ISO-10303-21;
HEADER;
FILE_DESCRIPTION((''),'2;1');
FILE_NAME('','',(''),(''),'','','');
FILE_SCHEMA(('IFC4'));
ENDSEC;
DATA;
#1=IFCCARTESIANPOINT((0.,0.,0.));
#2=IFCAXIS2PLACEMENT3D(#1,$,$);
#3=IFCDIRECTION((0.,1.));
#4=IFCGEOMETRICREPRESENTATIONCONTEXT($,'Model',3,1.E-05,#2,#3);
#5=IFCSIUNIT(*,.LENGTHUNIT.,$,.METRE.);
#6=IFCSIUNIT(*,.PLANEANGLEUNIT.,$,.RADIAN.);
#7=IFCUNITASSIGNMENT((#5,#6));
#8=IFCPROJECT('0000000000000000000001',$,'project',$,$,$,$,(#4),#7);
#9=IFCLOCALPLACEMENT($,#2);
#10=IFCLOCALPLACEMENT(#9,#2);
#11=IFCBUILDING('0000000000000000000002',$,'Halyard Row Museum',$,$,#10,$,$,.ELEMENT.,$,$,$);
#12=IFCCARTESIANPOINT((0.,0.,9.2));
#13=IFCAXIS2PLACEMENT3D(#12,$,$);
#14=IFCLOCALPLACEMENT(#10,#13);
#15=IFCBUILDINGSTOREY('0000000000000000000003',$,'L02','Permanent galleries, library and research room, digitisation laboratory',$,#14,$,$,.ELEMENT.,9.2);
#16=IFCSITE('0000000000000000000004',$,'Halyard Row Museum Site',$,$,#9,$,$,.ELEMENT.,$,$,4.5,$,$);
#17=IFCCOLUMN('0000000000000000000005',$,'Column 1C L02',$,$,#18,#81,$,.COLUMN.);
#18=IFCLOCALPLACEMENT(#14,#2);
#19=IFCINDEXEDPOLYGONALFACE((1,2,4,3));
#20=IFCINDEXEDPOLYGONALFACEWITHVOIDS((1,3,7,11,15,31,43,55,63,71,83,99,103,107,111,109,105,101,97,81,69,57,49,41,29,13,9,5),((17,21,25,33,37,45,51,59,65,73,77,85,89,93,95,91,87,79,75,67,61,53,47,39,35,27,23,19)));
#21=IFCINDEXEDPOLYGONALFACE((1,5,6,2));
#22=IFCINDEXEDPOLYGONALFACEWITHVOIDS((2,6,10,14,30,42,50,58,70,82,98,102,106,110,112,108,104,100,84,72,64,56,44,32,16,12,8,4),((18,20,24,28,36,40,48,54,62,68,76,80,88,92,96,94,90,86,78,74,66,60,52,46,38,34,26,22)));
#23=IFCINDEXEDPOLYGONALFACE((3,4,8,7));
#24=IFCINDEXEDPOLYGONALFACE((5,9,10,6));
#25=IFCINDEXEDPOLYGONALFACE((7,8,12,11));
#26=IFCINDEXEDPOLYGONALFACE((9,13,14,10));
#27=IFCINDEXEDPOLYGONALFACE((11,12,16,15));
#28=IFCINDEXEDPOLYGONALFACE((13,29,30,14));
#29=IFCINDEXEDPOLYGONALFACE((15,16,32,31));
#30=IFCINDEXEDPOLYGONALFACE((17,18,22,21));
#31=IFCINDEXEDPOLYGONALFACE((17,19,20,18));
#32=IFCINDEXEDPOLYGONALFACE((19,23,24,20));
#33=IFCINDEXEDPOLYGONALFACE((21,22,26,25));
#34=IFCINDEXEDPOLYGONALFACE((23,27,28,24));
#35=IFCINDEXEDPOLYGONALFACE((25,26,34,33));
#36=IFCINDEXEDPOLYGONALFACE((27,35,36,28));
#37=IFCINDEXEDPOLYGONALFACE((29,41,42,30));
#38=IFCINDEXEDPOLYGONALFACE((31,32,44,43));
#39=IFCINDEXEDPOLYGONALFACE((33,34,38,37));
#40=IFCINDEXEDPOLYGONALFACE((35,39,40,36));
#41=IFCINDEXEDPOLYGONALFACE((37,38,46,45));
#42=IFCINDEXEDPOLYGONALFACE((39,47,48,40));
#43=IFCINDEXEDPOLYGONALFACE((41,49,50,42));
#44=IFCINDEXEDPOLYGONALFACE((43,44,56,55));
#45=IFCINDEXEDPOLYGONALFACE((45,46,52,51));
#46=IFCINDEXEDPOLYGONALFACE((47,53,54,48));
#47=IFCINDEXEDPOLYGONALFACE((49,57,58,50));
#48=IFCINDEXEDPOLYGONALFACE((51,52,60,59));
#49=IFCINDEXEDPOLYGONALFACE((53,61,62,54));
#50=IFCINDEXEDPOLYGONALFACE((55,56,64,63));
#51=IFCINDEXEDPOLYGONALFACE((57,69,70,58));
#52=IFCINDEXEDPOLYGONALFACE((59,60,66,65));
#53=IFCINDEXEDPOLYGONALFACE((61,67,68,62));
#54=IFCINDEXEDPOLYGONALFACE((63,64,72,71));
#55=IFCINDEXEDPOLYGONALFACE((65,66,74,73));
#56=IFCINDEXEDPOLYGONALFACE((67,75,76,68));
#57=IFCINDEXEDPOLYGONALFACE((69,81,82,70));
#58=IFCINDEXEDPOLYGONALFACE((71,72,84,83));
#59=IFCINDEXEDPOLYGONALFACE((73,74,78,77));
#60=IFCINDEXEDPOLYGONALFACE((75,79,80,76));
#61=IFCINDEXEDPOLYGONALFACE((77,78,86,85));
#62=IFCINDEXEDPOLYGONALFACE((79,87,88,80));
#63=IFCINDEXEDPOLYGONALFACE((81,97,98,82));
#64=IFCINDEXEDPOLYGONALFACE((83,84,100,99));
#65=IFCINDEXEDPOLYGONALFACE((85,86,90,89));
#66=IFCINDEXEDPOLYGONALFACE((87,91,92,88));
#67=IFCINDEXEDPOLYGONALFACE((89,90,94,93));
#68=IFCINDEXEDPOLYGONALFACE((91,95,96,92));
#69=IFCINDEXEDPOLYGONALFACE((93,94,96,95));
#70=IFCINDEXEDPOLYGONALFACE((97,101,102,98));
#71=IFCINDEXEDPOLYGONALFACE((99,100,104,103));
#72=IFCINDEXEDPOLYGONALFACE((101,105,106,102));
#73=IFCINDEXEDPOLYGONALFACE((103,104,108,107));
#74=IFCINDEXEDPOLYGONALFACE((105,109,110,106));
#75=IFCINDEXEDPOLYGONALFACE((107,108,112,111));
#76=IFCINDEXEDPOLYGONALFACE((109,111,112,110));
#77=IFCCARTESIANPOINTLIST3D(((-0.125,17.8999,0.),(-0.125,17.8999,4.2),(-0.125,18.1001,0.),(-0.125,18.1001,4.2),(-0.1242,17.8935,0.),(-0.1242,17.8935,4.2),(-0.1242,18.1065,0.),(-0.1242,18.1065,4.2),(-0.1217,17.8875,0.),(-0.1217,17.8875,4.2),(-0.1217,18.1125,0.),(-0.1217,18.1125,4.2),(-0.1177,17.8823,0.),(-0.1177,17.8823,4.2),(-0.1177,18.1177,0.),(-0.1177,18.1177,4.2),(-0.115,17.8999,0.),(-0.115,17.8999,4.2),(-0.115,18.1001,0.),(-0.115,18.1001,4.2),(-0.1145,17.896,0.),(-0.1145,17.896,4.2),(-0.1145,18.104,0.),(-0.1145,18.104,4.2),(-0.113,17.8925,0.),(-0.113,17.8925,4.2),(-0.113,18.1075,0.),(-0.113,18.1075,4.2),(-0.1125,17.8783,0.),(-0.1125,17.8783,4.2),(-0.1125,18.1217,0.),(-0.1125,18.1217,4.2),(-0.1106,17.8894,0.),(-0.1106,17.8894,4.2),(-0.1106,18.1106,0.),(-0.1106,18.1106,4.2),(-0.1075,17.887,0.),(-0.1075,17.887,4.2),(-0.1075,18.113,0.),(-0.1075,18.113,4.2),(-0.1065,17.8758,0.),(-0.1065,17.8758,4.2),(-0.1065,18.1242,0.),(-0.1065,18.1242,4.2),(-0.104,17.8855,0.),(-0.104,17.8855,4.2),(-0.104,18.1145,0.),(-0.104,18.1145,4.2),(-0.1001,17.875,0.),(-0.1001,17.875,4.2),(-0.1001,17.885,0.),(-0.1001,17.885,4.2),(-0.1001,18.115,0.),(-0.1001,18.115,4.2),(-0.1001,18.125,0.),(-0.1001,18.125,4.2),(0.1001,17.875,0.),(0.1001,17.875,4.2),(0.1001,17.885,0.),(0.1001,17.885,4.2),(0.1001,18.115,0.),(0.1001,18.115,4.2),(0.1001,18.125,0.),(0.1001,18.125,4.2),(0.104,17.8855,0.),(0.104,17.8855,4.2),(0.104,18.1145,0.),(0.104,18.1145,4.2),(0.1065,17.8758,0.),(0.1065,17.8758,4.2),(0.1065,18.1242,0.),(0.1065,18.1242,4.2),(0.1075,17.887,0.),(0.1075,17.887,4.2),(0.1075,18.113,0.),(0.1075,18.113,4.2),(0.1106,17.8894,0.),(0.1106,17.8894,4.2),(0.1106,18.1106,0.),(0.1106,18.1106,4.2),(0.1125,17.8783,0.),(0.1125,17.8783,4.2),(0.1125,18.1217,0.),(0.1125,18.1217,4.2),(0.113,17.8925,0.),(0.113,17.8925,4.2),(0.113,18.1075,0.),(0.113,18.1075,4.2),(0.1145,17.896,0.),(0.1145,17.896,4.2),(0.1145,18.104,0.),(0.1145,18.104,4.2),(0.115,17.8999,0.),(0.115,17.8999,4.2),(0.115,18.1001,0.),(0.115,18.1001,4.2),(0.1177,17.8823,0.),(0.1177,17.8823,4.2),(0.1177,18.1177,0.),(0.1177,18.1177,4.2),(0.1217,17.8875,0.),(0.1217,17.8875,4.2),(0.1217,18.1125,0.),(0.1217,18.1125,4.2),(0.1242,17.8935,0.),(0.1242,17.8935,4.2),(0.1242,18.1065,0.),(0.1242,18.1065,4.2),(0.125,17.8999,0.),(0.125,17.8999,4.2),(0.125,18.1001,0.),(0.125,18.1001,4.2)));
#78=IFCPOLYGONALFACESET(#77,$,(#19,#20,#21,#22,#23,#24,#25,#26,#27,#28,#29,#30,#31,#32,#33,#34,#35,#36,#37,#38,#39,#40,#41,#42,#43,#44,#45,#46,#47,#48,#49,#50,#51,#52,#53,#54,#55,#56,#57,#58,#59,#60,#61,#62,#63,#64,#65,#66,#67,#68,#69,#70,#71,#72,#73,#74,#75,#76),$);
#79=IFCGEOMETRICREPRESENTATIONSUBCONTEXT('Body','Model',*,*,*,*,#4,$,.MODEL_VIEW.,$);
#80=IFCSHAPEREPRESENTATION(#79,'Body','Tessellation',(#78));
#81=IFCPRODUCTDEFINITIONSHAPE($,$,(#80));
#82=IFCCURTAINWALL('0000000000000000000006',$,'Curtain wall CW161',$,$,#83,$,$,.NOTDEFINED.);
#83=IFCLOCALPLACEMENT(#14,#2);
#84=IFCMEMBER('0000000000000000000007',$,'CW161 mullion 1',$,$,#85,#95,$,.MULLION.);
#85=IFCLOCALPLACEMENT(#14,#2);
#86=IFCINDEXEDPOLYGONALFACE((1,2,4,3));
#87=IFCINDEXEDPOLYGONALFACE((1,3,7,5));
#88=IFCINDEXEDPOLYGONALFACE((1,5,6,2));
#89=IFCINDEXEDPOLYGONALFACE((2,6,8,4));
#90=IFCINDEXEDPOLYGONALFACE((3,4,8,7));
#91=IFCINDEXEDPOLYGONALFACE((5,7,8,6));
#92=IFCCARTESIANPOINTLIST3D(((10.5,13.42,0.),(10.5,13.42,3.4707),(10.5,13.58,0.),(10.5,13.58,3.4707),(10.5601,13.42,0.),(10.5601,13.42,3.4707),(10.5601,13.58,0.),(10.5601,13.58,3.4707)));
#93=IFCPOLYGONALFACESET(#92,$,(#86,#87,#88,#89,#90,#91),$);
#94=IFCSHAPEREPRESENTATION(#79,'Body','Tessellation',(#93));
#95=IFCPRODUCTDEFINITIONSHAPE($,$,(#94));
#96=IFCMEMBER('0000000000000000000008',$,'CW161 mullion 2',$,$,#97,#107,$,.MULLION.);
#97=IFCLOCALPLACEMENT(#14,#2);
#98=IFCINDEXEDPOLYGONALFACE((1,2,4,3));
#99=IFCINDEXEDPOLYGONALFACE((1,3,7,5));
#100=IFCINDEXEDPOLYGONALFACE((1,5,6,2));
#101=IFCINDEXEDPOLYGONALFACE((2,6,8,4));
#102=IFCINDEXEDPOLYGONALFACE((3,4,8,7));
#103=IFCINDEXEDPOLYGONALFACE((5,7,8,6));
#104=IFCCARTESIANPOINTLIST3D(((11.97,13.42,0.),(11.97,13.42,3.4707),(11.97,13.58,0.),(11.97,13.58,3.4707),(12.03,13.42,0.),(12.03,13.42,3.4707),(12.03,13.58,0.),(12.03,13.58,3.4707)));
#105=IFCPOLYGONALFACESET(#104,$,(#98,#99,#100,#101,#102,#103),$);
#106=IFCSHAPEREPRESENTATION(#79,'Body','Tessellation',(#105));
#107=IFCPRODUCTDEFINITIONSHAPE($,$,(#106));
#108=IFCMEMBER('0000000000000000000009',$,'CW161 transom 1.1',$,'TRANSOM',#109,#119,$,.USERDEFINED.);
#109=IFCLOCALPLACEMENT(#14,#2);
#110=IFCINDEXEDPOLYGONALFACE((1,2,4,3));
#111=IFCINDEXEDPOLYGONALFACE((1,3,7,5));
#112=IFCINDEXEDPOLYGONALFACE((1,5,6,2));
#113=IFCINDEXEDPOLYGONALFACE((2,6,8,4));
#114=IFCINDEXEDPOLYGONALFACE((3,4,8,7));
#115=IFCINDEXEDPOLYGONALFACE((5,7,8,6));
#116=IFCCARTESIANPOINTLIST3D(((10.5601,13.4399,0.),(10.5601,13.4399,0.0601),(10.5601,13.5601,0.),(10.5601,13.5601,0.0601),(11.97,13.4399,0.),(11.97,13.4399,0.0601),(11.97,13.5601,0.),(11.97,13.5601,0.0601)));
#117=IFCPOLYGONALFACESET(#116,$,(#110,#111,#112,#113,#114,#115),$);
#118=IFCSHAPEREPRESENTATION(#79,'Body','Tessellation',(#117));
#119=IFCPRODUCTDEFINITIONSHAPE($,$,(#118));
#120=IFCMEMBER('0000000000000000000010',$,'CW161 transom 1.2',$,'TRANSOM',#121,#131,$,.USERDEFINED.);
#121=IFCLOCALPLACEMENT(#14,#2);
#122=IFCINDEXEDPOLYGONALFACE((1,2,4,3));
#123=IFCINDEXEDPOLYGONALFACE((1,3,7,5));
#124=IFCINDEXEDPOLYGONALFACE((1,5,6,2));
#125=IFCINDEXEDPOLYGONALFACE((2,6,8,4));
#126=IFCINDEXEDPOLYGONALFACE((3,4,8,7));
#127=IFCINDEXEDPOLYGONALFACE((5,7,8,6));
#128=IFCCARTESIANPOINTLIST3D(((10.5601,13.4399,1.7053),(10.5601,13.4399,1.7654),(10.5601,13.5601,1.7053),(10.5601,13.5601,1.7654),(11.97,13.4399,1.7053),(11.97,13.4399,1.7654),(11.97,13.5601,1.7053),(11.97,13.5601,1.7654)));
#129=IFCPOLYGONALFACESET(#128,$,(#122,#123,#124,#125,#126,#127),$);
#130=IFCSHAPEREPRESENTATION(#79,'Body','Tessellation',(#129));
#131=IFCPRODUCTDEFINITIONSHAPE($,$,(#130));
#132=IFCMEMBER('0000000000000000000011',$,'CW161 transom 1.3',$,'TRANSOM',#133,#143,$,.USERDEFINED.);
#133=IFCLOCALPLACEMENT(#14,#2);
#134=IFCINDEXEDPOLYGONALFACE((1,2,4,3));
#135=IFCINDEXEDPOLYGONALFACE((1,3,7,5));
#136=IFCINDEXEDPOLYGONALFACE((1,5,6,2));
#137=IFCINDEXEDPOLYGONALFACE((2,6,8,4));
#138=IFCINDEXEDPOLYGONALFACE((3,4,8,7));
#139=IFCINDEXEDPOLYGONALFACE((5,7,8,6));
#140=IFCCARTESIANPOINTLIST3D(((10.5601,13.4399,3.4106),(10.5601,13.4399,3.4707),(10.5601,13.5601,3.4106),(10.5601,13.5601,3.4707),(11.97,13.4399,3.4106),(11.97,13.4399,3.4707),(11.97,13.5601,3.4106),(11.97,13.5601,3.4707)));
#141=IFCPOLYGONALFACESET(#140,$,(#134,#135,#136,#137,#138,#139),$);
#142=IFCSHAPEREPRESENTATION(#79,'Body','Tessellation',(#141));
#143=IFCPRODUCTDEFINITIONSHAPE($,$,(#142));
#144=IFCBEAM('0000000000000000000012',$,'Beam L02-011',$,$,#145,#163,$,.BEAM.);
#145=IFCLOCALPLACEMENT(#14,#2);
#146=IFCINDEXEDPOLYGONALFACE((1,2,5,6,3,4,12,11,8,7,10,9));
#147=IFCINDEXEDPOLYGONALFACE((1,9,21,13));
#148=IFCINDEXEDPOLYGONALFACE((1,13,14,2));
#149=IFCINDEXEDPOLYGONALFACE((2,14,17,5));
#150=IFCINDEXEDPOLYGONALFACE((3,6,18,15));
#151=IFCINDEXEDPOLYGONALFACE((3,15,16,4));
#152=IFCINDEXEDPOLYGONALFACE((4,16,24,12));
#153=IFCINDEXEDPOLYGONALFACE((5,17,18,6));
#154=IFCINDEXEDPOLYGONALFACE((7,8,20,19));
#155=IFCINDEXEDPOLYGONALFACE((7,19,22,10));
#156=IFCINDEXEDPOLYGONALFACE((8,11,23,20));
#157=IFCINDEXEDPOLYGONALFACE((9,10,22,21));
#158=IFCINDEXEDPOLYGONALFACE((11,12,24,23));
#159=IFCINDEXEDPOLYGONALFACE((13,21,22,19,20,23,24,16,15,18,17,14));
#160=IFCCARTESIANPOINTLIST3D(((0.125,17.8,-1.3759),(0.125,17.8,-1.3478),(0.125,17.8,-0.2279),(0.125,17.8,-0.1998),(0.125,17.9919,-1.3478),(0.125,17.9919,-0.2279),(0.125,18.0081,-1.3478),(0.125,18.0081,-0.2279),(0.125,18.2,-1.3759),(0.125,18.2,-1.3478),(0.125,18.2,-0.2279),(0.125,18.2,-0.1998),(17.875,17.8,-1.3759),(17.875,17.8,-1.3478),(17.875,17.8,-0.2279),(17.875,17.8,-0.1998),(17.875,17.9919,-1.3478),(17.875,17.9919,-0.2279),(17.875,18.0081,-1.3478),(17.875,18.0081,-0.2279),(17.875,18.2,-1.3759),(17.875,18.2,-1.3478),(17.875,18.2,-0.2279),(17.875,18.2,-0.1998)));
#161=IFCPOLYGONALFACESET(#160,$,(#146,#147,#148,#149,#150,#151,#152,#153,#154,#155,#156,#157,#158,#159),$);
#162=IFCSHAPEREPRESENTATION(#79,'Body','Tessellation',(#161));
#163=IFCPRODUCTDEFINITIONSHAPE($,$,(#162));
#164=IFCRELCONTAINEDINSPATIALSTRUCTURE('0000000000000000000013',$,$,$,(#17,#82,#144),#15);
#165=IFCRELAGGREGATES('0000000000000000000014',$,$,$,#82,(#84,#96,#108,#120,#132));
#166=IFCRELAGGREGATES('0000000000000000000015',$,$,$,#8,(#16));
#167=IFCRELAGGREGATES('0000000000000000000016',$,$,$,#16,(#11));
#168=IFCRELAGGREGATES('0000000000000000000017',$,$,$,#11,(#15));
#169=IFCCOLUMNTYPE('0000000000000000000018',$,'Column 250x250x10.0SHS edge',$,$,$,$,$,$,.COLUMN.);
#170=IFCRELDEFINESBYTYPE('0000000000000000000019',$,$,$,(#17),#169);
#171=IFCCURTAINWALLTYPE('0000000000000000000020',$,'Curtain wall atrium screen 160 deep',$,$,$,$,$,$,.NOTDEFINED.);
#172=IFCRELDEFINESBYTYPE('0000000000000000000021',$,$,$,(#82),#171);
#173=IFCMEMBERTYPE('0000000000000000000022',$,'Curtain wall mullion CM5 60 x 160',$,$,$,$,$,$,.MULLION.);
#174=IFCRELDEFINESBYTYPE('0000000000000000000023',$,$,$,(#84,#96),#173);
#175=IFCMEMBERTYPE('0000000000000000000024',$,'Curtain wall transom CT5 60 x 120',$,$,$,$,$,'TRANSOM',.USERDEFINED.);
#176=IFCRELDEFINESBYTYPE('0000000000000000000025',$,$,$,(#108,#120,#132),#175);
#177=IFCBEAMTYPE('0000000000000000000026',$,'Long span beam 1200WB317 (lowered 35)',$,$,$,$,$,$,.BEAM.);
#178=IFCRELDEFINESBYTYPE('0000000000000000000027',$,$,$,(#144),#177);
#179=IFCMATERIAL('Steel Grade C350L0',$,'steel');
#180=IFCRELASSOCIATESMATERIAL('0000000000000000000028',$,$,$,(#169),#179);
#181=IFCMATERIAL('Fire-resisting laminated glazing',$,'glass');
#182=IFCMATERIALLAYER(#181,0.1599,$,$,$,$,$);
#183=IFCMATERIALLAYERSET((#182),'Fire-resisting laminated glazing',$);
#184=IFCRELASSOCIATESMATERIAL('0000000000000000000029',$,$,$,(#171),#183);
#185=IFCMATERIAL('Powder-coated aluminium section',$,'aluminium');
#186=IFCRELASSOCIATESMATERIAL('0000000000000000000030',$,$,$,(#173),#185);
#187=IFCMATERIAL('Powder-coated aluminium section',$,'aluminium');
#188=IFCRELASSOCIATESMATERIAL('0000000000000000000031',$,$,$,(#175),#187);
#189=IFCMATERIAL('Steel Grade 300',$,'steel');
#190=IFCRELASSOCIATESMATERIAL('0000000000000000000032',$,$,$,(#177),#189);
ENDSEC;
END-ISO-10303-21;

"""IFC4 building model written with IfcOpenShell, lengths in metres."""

from ifc_helpers import new_model, si_unit, direction, frame, origin, origin_2d, place, context, subcontext, project, spatial, rectangle, hollow_rectangle, i_section, extrude, material, layer, layer_set, material_profile, profile_set, type_object, element, aggregate, save


model = new_model("IFC4")

# Units and contexts
model_context = context("Model", 3, precision=1e-05, world=origin(), true_north=direction((0.0, 1.0)))
body_context = subcontext(model_context, "Body", "Model", "MODEL_VIEW")
ifc_project = project(units=[si_unit("LENGTHUNIT", "METRE"), si_unit("PLANEANGLEUNIT", "RADIAN")], contexts=[model_context])

# Site, building, storey
site_placement = place(None, origin())
site = spatial("IfcSite", under=ifc_project, at=site_placement, Name="Halyard Row Museum Site", CompositionType="ELEMENT", RefElevation=4.5)
building_placement = place(site_placement, origin())
building = spatial("IfcBuilding", under=site, at=building_placement, Name="Halyard Row Museum", CompositionType="ELEMENT")
storey_placement = place(building_placement, frame((0.0, 0.0, 9.2)))
storey = spatial("IfcBuildingStorey", under=building, at=storey_placement, Name="L02", Description="Permanent galleries, library and research room, digitisation laboratory", CompositionType="ELEMENT", Elevation=9.2)

# Column
ifc_material_1 = material(Name="Steel Grade C350L0", Category="steel")
ifc_material_profile_1 = material_profile(ifc_material_1, hollow_rectangle(XDim=0.25, YDim=0.25, WallThickness=0.01, InnerFilletRadius=0.0149, OuterFilletRadius=0.0249, at=origin_2d()), Name="250x250x10.0SHS")
ifc_profile_set_1 = profile_set([ifc_material_profile_1], Name="Steel Grade C350L0")
column_type = type_object("IfcColumnType", Name="Column 250x250x10.0SHS edge", PredefinedType="COLUMN", material=ifc_profile_set_1)
column_placement = place(storey_placement, frame((0.0, 18.0, 0.0), z_axis=(0.0, 0.0, 1.0), x_axis=(1.0, 0.0, 0.0)))
element("IfcColumn", 1, at=column_placement, inside=storey, type_object=column_type, Name="Column 1C L02", PredefinedType="COLUMN", context=body_context, shape_type="SweptSolid", body=[
    extrude(hollow_rectangle(XDim=0.25, YDim=0.25, WallThickness=0.01, InnerFilletRadius=0.0149, OuterFilletRadius=0.0249, at=origin_2d()), origin(), (0.0, 0.0, 1.0), 4.2),
])

# Curtain wall, members
ifc_material_2 = material(Name="Fire-resisting laminated glazing", Category="glass")
ifc_layer_1 = layer(ifc_material_2, 0.1599)
ifc_layer_set_1 = layer_set([ifc_layer_1], Name="Fire-resisting laminated glazing")
curtain_wall_type = type_object("IfcCurtainWallType", Name="Curtain wall atrium screen 160 deep", PredefinedType="NOTDEFINED", material=ifc_layer_set_1)
curtain_wall_placement = place(storey_placement, origin())
curtain_wall = element("IfcCurtainWall", 2, at=curtain_wall_placement, inside=storey, type_object=curtain_wall_type, Name="Curtain wall CW161", PredefinedType="NOTDEFINED")
ifc_material_3 = material(Name="Powder-coated aluminium section", Category="aluminium")
ifc_material_profile_2 = material_profile(ifc_material_3, rectangle(XDim=0.1599, YDim=0.0601, at=origin_2d()), Name="160x60 mullion")
ifc_profile_set_2 = profile_set([ifc_material_profile_2], Name="Powder-coated aluminium section")
member_type_1 = type_object("IfcMemberType", Name="Curtain wall mullion CM5 60 x 160", PredefinedType="MULLION", material=ifc_profile_set_2)
member_1_placement = place(storey_placement, frame((10.53, 13.5, 0.0), z_axis=(0.0, 0.0, 1.0), x_axis=(0.0, 1.0, 0.0)))
member_1 = element("IfcMember", 3, at=member_1_placement, type_object=member_type_1, Name="CW161 mullion 1", PredefinedType="MULLION", context=body_context, shape_type="SweptSolid", body=[
    extrude(rectangle(XDim=0.1599, YDim=0.0601, at=origin_2d()), origin(), (0.0, 0.0, 1.0), 3.4707),
])
member_2_placement = place(storey_placement, frame((12.0, 13.5, 0.0), z_axis=(0.0, 0.0, 1.0), x_axis=(0.0, 1.0, 0.0)))
member_2 = element("IfcMember", 4, at=member_2_placement, type_object=member_type_1, Name="CW161 mullion 2", PredefinedType="MULLION", context=body_context, shape_type="SweptSolid", body=[
    extrude(rectangle(XDim=0.1599, YDim=0.0601, at=origin_2d()), origin(), (0.0, 0.0, 1.0), 3.4707),
])
ifc_material_4 = material(Name="Powder-coated aluminium section", Category="aluminium")
ifc_material_profile_3 = material_profile(ifc_material_4, rectangle(XDim=0.1201, YDim=0.0601, at=origin_2d()), Name="120x60 transom")
ifc_profile_set_3 = profile_set([ifc_material_profile_3], Name="Powder-coated aluminium section")
member_type_2 = type_object("IfcMemberType", Name="Curtain wall transom CT5 60 x 120", ElementType="TRANSOM", PredefinedType="USERDEFINED", material=ifc_profile_set_3)
member_3_placement = place(storey_placement, frame((10.5601, 13.5, 0.03), z_axis=(1.0, 0.0, 0.0), x_axis=(0.0, 1.0, 0.0)))
member_3 = element("IfcMember", 5, at=member_3_placement, type_object=member_type_2, Name="CW161 transom 1.1", ObjectType="TRANSOM", PredefinedType="USERDEFINED", context=body_context, shape_type="SweptSolid", body=[
    extrude(rectangle(XDim=0.1201, YDim=0.0601, at=origin_2d()), origin(), (0.0, 0.0, 1.0), 1.4099),
])
member_4_placement = place(storey_placement, frame((10.5601, 13.5, 1.7354), z_axis=(1.0, 0.0, 0.0), x_axis=(0.0, 1.0, 0.0)))
member_4 = element("IfcMember", 6, at=member_4_placement, type_object=member_type_2, Name="CW161 transom 1.2", ObjectType="TRANSOM", PredefinedType="USERDEFINED", context=body_context, shape_type="SweptSolid", body=[
    extrude(rectangle(XDim=0.1201, YDim=0.0601, at=origin_2d()), origin(), (0.0, 0.0, 1.0), 1.4099),
])
member_5_placement = place(storey_placement, frame((10.5601, 13.5, 3.4407), z_axis=(1.0, 0.0, 0.0), x_axis=(0.0, 1.0, 0.0)))
member_5 = element("IfcMember", 7, at=member_5_placement, type_object=member_type_2, Name="CW161 transom 1.3", ObjectType="TRANSOM", PredefinedType="USERDEFINED", context=body_context, shape_type="SweptSolid", body=[
    extrude(rectangle(XDim=0.1201, YDim=0.0601, at=origin_2d()), origin(), (0.0, 0.0, 1.0), 1.4099),
])

# Beam
ifc_material_5 = material(Name="Steel Grade 300", Category="steel")
ifc_material_profile_4 = material_profile(ifc_material_5, i_section(OverallWidth=0.3999, OverallDepth=1.176, WebThickness=0.0161, FlangeThickness=0.0281, at=origin_2d()), Name="1200WB317")
ifc_profile_set_4 = profile_set([ifc_material_profile_4], Name="Steel Grade 300")
beam_type = type_object("IfcBeamType", Name="Long span beam 1200WB317 (lowered 35)", PredefinedType="BEAM", material=ifc_profile_set_4)
beam_placement = place(storey_placement, frame((0.125, 18.0, -0.7878), z_axis=(1.0, 0.0, 0.0), x_axis=(0.0, 1.0, 0.0)))
element("IfcBeam", 8, at=beam_placement, inside=storey, type_object=beam_type, Name="Beam L02-011", PredefinedType="BEAM", context=body_context, shape_type="SweptSolid", body=[
    extrude(i_section(OverallWidth=0.3999, OverallDepth=1.176, WebThickness=0.0161, FlangeThickness=0.0281, at=origin_2d()), origin(), (0.0, 0.0, 1.0), 17.75),
])

aggregate(curtain_wall, [member_1, member_2, member_3, member_4, member_5])

save(model, "model.ifc")
